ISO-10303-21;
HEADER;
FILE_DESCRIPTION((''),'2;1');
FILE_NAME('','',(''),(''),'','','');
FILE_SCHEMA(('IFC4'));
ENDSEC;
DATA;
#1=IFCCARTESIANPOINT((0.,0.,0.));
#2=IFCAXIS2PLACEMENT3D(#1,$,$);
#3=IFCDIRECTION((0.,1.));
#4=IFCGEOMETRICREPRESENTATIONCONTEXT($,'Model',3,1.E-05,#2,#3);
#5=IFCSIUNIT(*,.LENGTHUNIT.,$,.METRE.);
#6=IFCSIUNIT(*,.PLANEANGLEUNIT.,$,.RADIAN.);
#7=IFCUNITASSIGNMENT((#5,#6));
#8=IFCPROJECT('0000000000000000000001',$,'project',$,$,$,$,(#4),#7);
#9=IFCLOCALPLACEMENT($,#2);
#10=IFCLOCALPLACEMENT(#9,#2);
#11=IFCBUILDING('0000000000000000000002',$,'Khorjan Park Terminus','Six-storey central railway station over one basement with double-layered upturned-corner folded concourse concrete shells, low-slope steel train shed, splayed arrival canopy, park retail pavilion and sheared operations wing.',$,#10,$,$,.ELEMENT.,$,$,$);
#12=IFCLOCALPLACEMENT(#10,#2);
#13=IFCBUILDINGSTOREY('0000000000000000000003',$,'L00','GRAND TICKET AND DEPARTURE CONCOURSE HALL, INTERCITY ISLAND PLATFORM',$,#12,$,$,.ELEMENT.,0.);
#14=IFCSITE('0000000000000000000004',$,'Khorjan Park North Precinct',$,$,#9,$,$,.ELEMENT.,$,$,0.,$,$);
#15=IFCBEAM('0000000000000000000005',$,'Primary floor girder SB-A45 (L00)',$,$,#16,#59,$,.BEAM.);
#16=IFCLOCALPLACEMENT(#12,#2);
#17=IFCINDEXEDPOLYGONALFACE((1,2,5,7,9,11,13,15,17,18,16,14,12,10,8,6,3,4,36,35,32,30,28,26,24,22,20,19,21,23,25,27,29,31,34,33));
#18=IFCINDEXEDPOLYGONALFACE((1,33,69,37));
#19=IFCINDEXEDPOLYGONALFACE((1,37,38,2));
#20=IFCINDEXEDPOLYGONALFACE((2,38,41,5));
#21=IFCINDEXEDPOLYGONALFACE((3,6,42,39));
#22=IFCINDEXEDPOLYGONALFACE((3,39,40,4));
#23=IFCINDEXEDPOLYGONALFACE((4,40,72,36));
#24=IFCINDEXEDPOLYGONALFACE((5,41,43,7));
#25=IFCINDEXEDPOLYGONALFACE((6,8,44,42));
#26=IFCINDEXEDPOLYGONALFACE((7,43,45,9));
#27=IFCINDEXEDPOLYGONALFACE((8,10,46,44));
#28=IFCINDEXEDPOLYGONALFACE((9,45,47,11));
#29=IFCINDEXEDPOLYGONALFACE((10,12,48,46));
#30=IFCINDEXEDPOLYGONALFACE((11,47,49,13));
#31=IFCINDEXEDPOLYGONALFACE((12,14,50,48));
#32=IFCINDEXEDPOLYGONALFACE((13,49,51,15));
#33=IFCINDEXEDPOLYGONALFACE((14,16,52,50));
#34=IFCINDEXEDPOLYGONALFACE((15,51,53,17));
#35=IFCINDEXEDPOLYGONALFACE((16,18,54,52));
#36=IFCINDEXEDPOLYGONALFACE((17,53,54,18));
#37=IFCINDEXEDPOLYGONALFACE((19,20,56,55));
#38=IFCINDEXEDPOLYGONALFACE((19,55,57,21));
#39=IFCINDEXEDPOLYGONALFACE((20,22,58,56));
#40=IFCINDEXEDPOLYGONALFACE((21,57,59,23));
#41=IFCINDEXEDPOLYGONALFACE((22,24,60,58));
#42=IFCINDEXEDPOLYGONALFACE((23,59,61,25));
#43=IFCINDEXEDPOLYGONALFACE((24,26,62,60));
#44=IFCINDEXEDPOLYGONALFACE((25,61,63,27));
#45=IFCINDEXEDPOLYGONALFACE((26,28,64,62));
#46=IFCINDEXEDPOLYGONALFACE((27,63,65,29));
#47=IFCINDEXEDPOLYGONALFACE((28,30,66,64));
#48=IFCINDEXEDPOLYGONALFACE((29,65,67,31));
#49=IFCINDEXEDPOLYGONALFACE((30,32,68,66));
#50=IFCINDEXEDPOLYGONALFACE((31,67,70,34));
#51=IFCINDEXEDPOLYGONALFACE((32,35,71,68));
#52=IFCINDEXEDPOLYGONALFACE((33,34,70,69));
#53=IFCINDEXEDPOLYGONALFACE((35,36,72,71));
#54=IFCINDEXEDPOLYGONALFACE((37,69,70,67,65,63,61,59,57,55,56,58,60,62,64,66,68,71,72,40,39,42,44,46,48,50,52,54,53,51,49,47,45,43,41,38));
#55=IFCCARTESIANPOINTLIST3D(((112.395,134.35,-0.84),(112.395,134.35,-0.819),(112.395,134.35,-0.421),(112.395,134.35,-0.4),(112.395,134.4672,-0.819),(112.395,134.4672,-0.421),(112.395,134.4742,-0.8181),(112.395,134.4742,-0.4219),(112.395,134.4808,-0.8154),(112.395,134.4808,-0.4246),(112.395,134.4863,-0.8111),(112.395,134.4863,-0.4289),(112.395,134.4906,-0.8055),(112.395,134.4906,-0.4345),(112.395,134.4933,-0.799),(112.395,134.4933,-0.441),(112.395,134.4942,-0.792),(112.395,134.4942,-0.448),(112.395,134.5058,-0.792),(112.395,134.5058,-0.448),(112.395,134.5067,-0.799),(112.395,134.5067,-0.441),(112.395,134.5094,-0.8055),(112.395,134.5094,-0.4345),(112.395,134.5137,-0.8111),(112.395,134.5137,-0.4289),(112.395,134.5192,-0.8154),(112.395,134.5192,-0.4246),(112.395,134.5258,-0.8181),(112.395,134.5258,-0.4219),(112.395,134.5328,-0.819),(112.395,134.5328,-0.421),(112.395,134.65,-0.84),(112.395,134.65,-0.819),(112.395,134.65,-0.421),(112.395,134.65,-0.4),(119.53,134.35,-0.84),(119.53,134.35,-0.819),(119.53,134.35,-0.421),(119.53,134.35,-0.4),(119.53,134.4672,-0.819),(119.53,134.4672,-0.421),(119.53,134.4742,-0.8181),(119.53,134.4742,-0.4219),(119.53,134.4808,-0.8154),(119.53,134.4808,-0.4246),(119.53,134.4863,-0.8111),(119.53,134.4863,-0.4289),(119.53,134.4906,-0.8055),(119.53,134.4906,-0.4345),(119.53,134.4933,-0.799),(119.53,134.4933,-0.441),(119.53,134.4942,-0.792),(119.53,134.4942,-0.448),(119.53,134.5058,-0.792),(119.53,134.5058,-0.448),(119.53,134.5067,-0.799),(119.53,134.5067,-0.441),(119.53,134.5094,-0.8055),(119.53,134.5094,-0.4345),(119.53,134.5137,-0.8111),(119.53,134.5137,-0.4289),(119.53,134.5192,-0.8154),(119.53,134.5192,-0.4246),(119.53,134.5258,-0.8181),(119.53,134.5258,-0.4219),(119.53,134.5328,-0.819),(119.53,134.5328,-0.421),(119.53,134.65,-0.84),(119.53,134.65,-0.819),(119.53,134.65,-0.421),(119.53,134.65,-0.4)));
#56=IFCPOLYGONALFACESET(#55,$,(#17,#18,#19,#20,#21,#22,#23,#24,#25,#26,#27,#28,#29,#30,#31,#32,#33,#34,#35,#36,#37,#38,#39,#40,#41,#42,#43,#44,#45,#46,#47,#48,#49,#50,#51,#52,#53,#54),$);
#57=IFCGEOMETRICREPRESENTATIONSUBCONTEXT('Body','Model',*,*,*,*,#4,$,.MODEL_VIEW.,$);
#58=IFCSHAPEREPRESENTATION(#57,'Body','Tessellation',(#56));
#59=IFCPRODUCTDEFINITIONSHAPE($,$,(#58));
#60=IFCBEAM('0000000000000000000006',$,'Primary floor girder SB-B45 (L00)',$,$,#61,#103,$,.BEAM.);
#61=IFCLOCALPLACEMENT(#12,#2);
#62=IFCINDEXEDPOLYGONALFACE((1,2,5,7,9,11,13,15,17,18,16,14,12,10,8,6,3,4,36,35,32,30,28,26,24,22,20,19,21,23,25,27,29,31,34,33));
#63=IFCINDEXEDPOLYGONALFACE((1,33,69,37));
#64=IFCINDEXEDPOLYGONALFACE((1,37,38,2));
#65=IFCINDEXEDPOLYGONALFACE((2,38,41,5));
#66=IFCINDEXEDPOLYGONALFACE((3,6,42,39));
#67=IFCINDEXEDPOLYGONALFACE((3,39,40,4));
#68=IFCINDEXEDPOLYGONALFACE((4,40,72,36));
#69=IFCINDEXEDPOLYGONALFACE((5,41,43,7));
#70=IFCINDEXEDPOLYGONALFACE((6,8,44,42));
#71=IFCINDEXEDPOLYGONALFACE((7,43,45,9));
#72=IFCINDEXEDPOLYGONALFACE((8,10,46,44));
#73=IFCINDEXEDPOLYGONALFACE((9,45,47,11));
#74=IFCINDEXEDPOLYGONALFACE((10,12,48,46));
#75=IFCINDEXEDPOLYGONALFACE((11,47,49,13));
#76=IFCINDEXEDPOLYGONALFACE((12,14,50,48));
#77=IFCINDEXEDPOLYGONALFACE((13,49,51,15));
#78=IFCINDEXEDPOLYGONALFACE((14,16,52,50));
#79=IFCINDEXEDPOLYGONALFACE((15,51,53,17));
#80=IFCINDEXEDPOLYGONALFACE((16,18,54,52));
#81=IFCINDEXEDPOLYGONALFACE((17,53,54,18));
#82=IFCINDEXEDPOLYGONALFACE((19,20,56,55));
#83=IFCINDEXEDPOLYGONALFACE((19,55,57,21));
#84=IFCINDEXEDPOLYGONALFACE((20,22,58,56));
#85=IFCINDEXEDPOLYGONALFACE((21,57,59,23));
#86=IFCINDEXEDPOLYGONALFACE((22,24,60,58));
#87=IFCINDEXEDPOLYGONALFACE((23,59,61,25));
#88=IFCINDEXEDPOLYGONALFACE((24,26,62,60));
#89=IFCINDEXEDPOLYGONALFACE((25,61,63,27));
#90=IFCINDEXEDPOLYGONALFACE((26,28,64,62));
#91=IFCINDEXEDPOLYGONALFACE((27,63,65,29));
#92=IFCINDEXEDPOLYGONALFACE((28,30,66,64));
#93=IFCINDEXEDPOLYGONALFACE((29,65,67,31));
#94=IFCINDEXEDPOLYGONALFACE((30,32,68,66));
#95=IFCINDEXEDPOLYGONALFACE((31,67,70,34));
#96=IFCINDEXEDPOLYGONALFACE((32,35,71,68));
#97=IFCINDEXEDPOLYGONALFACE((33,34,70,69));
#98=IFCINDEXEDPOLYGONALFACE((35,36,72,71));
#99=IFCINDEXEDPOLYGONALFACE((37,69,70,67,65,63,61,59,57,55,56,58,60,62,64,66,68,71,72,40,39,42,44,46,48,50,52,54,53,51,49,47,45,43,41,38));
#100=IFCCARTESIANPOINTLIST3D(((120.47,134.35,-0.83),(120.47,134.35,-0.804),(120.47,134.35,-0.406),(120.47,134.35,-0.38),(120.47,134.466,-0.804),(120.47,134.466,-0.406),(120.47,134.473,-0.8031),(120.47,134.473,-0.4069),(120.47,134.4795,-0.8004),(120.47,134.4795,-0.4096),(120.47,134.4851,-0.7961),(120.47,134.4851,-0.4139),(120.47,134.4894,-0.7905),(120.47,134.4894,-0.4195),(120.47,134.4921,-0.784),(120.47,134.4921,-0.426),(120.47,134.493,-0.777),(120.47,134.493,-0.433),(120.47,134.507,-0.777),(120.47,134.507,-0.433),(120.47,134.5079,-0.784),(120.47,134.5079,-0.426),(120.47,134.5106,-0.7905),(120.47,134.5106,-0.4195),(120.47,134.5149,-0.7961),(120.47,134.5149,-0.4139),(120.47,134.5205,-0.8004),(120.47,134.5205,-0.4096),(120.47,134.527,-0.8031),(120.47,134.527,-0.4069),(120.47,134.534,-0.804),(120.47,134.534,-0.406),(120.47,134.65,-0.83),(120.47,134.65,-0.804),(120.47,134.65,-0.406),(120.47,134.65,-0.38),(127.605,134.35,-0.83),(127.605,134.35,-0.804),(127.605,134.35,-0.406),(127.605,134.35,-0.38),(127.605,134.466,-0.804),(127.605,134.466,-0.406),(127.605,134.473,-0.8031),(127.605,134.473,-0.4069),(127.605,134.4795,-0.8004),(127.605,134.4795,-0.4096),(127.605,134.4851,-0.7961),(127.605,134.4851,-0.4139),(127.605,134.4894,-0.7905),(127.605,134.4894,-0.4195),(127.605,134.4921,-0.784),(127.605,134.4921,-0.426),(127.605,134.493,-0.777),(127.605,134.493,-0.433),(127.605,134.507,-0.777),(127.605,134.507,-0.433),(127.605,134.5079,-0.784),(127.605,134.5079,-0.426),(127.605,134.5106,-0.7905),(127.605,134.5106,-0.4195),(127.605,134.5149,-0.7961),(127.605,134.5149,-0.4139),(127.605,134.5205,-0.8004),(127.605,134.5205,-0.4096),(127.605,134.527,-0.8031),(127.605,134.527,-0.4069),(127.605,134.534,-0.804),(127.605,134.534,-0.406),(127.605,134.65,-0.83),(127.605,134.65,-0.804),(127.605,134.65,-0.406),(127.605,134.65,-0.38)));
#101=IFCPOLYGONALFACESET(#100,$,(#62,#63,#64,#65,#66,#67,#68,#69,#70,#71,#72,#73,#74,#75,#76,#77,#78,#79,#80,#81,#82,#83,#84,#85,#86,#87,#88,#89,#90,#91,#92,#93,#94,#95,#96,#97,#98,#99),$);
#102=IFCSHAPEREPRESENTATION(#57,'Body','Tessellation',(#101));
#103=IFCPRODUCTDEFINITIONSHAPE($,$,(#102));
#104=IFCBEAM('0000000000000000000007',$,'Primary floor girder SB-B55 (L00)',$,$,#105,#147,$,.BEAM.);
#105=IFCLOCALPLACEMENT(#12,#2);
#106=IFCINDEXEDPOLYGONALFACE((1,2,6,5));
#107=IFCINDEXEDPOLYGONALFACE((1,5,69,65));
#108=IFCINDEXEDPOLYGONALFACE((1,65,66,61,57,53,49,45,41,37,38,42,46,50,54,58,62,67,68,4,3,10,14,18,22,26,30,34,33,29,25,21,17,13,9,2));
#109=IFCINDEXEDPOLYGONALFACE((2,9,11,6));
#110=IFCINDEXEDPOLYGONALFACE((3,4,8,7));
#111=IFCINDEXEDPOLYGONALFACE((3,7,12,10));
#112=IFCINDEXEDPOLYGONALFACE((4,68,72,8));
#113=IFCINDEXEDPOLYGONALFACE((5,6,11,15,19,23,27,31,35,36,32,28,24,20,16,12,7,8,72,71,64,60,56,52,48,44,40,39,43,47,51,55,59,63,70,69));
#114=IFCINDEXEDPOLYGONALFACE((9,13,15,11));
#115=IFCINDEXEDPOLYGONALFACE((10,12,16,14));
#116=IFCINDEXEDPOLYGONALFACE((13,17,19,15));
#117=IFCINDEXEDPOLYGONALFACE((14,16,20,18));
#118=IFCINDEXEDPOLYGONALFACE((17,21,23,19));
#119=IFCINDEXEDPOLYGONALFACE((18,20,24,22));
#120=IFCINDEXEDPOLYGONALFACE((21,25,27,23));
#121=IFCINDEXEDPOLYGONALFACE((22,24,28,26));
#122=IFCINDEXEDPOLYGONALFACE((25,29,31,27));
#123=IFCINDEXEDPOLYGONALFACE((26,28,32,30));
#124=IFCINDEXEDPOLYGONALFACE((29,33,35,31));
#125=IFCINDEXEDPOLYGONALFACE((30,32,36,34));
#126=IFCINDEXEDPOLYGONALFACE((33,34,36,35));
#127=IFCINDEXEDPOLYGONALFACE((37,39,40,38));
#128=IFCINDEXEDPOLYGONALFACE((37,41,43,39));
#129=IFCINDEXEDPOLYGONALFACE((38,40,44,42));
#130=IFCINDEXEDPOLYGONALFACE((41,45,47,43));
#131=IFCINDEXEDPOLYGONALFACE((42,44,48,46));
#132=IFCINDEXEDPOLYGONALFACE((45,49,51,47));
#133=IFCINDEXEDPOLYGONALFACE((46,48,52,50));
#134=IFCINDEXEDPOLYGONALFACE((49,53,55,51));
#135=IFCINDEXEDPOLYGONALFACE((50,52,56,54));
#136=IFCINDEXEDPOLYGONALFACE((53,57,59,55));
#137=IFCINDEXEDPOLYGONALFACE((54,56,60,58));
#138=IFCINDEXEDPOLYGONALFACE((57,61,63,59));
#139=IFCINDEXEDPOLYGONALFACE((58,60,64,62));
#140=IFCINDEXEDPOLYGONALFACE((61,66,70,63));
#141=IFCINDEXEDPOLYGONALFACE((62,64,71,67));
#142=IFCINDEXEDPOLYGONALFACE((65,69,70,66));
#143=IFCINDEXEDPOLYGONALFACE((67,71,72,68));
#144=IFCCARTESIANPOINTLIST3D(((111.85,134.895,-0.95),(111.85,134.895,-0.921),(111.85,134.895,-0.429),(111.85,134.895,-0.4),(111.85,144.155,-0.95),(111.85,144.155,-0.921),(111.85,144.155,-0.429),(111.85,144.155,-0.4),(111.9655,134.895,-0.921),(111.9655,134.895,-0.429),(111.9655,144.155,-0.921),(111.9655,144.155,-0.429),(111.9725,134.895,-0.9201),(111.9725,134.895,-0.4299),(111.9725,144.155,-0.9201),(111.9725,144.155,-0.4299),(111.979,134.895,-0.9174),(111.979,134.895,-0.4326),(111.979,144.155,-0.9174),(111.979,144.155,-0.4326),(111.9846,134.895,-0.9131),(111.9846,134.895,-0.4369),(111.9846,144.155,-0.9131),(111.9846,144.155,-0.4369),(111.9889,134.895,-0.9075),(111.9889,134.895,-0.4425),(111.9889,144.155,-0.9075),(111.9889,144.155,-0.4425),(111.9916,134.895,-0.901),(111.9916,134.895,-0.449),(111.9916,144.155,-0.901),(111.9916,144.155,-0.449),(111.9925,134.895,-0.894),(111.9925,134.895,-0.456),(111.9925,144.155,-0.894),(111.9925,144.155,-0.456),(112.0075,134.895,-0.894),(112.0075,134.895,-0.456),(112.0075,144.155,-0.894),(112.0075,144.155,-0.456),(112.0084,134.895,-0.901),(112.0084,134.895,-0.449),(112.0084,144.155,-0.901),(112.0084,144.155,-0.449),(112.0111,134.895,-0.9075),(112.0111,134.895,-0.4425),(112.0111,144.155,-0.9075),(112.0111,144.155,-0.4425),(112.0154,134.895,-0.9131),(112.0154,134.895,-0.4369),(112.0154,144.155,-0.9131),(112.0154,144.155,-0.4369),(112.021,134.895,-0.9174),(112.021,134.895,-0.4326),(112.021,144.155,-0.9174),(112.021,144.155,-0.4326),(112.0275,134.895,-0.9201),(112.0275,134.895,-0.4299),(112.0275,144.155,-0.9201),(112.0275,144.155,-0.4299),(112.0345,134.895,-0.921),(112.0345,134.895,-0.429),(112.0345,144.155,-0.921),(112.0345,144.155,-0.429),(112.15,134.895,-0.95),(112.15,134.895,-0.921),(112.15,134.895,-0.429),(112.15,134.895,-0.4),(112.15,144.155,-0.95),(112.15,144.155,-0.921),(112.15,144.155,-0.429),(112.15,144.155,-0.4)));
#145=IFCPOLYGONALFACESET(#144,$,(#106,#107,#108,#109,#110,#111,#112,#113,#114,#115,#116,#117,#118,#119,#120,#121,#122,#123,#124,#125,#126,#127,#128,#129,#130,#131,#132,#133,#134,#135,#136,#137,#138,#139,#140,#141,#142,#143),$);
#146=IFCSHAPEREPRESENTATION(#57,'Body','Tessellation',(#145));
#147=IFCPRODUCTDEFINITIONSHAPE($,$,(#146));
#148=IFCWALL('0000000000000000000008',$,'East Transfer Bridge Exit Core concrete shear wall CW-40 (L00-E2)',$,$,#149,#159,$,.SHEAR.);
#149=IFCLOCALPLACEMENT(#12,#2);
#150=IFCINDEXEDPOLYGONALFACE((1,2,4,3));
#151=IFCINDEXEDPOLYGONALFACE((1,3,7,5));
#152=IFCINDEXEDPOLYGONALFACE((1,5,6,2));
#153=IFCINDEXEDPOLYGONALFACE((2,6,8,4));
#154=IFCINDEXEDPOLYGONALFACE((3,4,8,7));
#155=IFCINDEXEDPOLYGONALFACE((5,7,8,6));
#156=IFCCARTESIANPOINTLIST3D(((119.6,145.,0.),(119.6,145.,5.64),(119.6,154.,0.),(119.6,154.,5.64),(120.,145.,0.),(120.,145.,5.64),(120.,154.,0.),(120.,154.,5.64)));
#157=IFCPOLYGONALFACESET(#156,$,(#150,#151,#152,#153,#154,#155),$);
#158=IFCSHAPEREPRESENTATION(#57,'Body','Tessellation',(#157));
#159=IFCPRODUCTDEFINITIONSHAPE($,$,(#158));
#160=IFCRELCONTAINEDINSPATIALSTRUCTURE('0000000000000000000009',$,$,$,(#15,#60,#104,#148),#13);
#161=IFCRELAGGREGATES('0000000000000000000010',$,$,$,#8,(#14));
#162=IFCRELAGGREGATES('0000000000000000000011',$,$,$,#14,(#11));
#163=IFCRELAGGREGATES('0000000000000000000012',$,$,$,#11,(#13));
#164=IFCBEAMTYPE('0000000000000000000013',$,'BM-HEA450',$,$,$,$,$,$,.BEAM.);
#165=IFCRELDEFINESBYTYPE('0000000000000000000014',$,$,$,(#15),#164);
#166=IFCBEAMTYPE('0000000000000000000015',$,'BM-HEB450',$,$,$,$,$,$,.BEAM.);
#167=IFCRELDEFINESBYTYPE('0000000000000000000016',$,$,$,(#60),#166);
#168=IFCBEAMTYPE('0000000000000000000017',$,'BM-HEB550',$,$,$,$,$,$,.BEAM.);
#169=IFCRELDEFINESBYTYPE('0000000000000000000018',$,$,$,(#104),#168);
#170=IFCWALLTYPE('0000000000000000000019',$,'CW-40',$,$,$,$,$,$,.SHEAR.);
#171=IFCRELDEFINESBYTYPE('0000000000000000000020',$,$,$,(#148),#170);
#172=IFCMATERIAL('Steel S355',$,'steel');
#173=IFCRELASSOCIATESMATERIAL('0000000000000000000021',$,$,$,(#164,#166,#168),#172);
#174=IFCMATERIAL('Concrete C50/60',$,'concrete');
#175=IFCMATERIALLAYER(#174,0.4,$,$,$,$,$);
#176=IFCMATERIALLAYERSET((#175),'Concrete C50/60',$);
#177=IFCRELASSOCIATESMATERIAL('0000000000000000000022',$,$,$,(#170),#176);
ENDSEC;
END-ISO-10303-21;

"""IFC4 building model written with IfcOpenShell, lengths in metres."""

from ifc_helpers import new_model, si_unit, direction, frame, frame_2d, origin, origin_2d, place, context, subcontext, project, spatial, rectangle, i_section, extrude, material, layer, layer_set, material_profile, profile_set, type_object, element, save


model = new_model("IFC4")

# Units and contexts
model_context = context("Model", 3, precision=1e-05, world=origin(), true_north=direction((0.0, 1.0)))
body_context = subcontext(model_context, "Body", "Model", "MODEL_VIEW")
ifc_project = project(units=[si_unit("LENGTHUNIT", "METRE"), si_unit("PLANEANGLEUNIT", "RADIAN")], contexts=[model_context])

# Site, building, storey
site_placement = place(None, origin())
site = spatial("IfcSite", under=ifc_project, at=site_placement, Name="Khorjan Park North Precinct", CompositionType="ELEMENT", RefElevation=0.0)
building_placement = place(site_placement, origin())
building = spatial("IfcBuilding", under=site, at=building_placement, Name="Khorjan Park Terminus", Description="Six-storey central railway station over one basement with double-layered upturned-corner folded concourse concrete shells, low-slope steel train shed, splayed arrival canopy, park retail pavilion and sheared operations wing.", CompositionType="ELEMENT")
storey_placement = place(building_placement, origin())
storey = spatial("IfcBuildingStorey", under=building, at=storey_placement, Name="L00", Description="GRAND TICKET AND DEPARTURE CONCOURSE HALL, INTERCITY ISLAND PLATFORM", CompositionType="ELEMENT", Elevation=0.0)

# Shared definitions
ifc_material_1 = material(Name="Steel S355", Category="steel")
ifc_material_2 = material(Name="Concrete C50/60", Category="concrete")

# Beams
ifc_material_profile_1 = material_profile(ifc_material_1, i_section(OverallWidth=0.3, OverallDepth=0.44, WebThickness=0.0115, FlangeThickness=0.021, FilletRadius=0.027, at=origin_2d()), Name="HEA 450")
ifc_profile_set_1 = profile_set([ifc_material_profile_1], Name="Steel S355")
beam_type_1 = type_object("IfcBeamType", Name="BM-HEA450", PredefinedType="BEAM", material=ifc_profile_set_1)
beam_1_placement = place(storey_placement, frame((112.395, 134.5, -0.62), z_axis=(1.0, 0.0, 0.0), x_axis=(0.0, 1.0, 0.0)))
element("IfcBeam", 1, at=beam_1_placement, inside=storey, type_object=beam_type_1, Name="Primary floor girder SB-A45 (L00)", PredefinedType="BEAM", context=body_context, shape_type="SweptSolid", body=[
    extrude(i_section(OverallWidth=0.3, OverallDepth=0.44, WebThickness=0.0115, FlangeThickness=0.021, FilletRadius=0.027, at=origin_2d()), origin(), (0.0, 0.0, 1.0), 7.135),
])
ifc_material_profile_2 = material_profile(ifc_material_1, i_section(OverallWidth=0.3, OverallDepth=0.45, WebThickness=0.014, FlangeThickness=0.026, FilletRadius=0.027, at=origin_2d()), Name="HEB 450")
ifc_profile_set_2 = profile_set([ifc_material_profile_2], Name="Steel S355")
beam_type_2 = type_object("IfcBeamType", Name="BM-HEB450", PredefinedType="BEAM", material=ifc_profile_set_2)
beam_2_placement = place(storey_placement, frame((120.47, 134.5, -0.605), z_axis=(1.0, 0.0, 0.0), x_axis=(0.0, 1.0, 0.0)))
element("IfcBeam", 2, at=beam_2_placement, inside=storey, type_object=beam_type_2, Name="Primary floor girder SB-B45 (L00)", PredefinedType="BEAM", context=body_context, shape_type="SweptSolid", body=[
    extrude(i_section(OverallWidth=0.3, OverallDepth=0.45, WebThickness=0.014, FlangeThickness=0.026, FilletRadius=0.027, at=origin_2d()), origin(), (0.0, 0.0, 1.0), 7.135),
])
ifc_material_profile_3 = material_profile(ifc_material_1, i_section(OverallWidth=0.3, OverallDepth=0.55, WebThickness=0.015, FlangeThickness=0.029, FilletRadius=0.027, at=origin_2d()), Name="HEB 550")
ifc_profile_set_3 = profile_set([ifc_material_profile_3], Name="Steel S355")
beam_type_3 = type_object("IfcBeamType", Name="BM-HEB550", PredefinedType="BEAM", material=ifc_profile_set_3)
beam_3_placement = place(storey_placement, frame((112.0, 134.895, -0.675), z_axis=(0.0, 1.0, 0.0), x_axis=(-1.0, 0.0, 0.0)))
element("IfcBeam", 3, at=beam_3_placement, inside=storey, type_object=beam_type_3, Name="Primary floor girder SB-B55 (L00)", PredefinedType="BEAM", context=body_context, shape_type="SweptSolid", body=[
    extrude(i_section(OverallWidth=0.3, OverallDepth=0.55, WebThickness=0.015, FlangeThickness=0.029, FilletRadius=0.027, at=origin_2d()), origin(), (0.0, 0.0, 1.0), 9.26),
])

# Wall
ifc_layer_1 = layer(ifc_material_2, 0.4)
ifc_layer_set_1 = layer_set([ifc_layer_1], Name="Concrete C50/60")
wall_type_1 = type_object("IfcWallType", Name="CW-40", PredefinedType="SHEAR", material=ifc_layer_set_1)
wall_1_placement = place(storey_placement, frame((119.8, 154.0, 0.0), z_axis=(0.0, 0.0, 1.0), x_axis=(0.0, -1.0, 0.0)))
element("IfcWall", 4, at=wall_1_placement, inside=storey, type_object=wall_type_1, Name="East Transfer Bridge Exit Core concrete shear wall CW-40 (L00-E2)", PredefinedType="SHEAR", context=body_context, shape_type="SweptSolid", body=[
    extrude(rectangle(XDim=9.0, YDim=0.4, at=frame_2d((4.5, 0.0))), origin(), (0.0, 0.0, 1.0), 5.64),
])

save(model, "model.ifc")
